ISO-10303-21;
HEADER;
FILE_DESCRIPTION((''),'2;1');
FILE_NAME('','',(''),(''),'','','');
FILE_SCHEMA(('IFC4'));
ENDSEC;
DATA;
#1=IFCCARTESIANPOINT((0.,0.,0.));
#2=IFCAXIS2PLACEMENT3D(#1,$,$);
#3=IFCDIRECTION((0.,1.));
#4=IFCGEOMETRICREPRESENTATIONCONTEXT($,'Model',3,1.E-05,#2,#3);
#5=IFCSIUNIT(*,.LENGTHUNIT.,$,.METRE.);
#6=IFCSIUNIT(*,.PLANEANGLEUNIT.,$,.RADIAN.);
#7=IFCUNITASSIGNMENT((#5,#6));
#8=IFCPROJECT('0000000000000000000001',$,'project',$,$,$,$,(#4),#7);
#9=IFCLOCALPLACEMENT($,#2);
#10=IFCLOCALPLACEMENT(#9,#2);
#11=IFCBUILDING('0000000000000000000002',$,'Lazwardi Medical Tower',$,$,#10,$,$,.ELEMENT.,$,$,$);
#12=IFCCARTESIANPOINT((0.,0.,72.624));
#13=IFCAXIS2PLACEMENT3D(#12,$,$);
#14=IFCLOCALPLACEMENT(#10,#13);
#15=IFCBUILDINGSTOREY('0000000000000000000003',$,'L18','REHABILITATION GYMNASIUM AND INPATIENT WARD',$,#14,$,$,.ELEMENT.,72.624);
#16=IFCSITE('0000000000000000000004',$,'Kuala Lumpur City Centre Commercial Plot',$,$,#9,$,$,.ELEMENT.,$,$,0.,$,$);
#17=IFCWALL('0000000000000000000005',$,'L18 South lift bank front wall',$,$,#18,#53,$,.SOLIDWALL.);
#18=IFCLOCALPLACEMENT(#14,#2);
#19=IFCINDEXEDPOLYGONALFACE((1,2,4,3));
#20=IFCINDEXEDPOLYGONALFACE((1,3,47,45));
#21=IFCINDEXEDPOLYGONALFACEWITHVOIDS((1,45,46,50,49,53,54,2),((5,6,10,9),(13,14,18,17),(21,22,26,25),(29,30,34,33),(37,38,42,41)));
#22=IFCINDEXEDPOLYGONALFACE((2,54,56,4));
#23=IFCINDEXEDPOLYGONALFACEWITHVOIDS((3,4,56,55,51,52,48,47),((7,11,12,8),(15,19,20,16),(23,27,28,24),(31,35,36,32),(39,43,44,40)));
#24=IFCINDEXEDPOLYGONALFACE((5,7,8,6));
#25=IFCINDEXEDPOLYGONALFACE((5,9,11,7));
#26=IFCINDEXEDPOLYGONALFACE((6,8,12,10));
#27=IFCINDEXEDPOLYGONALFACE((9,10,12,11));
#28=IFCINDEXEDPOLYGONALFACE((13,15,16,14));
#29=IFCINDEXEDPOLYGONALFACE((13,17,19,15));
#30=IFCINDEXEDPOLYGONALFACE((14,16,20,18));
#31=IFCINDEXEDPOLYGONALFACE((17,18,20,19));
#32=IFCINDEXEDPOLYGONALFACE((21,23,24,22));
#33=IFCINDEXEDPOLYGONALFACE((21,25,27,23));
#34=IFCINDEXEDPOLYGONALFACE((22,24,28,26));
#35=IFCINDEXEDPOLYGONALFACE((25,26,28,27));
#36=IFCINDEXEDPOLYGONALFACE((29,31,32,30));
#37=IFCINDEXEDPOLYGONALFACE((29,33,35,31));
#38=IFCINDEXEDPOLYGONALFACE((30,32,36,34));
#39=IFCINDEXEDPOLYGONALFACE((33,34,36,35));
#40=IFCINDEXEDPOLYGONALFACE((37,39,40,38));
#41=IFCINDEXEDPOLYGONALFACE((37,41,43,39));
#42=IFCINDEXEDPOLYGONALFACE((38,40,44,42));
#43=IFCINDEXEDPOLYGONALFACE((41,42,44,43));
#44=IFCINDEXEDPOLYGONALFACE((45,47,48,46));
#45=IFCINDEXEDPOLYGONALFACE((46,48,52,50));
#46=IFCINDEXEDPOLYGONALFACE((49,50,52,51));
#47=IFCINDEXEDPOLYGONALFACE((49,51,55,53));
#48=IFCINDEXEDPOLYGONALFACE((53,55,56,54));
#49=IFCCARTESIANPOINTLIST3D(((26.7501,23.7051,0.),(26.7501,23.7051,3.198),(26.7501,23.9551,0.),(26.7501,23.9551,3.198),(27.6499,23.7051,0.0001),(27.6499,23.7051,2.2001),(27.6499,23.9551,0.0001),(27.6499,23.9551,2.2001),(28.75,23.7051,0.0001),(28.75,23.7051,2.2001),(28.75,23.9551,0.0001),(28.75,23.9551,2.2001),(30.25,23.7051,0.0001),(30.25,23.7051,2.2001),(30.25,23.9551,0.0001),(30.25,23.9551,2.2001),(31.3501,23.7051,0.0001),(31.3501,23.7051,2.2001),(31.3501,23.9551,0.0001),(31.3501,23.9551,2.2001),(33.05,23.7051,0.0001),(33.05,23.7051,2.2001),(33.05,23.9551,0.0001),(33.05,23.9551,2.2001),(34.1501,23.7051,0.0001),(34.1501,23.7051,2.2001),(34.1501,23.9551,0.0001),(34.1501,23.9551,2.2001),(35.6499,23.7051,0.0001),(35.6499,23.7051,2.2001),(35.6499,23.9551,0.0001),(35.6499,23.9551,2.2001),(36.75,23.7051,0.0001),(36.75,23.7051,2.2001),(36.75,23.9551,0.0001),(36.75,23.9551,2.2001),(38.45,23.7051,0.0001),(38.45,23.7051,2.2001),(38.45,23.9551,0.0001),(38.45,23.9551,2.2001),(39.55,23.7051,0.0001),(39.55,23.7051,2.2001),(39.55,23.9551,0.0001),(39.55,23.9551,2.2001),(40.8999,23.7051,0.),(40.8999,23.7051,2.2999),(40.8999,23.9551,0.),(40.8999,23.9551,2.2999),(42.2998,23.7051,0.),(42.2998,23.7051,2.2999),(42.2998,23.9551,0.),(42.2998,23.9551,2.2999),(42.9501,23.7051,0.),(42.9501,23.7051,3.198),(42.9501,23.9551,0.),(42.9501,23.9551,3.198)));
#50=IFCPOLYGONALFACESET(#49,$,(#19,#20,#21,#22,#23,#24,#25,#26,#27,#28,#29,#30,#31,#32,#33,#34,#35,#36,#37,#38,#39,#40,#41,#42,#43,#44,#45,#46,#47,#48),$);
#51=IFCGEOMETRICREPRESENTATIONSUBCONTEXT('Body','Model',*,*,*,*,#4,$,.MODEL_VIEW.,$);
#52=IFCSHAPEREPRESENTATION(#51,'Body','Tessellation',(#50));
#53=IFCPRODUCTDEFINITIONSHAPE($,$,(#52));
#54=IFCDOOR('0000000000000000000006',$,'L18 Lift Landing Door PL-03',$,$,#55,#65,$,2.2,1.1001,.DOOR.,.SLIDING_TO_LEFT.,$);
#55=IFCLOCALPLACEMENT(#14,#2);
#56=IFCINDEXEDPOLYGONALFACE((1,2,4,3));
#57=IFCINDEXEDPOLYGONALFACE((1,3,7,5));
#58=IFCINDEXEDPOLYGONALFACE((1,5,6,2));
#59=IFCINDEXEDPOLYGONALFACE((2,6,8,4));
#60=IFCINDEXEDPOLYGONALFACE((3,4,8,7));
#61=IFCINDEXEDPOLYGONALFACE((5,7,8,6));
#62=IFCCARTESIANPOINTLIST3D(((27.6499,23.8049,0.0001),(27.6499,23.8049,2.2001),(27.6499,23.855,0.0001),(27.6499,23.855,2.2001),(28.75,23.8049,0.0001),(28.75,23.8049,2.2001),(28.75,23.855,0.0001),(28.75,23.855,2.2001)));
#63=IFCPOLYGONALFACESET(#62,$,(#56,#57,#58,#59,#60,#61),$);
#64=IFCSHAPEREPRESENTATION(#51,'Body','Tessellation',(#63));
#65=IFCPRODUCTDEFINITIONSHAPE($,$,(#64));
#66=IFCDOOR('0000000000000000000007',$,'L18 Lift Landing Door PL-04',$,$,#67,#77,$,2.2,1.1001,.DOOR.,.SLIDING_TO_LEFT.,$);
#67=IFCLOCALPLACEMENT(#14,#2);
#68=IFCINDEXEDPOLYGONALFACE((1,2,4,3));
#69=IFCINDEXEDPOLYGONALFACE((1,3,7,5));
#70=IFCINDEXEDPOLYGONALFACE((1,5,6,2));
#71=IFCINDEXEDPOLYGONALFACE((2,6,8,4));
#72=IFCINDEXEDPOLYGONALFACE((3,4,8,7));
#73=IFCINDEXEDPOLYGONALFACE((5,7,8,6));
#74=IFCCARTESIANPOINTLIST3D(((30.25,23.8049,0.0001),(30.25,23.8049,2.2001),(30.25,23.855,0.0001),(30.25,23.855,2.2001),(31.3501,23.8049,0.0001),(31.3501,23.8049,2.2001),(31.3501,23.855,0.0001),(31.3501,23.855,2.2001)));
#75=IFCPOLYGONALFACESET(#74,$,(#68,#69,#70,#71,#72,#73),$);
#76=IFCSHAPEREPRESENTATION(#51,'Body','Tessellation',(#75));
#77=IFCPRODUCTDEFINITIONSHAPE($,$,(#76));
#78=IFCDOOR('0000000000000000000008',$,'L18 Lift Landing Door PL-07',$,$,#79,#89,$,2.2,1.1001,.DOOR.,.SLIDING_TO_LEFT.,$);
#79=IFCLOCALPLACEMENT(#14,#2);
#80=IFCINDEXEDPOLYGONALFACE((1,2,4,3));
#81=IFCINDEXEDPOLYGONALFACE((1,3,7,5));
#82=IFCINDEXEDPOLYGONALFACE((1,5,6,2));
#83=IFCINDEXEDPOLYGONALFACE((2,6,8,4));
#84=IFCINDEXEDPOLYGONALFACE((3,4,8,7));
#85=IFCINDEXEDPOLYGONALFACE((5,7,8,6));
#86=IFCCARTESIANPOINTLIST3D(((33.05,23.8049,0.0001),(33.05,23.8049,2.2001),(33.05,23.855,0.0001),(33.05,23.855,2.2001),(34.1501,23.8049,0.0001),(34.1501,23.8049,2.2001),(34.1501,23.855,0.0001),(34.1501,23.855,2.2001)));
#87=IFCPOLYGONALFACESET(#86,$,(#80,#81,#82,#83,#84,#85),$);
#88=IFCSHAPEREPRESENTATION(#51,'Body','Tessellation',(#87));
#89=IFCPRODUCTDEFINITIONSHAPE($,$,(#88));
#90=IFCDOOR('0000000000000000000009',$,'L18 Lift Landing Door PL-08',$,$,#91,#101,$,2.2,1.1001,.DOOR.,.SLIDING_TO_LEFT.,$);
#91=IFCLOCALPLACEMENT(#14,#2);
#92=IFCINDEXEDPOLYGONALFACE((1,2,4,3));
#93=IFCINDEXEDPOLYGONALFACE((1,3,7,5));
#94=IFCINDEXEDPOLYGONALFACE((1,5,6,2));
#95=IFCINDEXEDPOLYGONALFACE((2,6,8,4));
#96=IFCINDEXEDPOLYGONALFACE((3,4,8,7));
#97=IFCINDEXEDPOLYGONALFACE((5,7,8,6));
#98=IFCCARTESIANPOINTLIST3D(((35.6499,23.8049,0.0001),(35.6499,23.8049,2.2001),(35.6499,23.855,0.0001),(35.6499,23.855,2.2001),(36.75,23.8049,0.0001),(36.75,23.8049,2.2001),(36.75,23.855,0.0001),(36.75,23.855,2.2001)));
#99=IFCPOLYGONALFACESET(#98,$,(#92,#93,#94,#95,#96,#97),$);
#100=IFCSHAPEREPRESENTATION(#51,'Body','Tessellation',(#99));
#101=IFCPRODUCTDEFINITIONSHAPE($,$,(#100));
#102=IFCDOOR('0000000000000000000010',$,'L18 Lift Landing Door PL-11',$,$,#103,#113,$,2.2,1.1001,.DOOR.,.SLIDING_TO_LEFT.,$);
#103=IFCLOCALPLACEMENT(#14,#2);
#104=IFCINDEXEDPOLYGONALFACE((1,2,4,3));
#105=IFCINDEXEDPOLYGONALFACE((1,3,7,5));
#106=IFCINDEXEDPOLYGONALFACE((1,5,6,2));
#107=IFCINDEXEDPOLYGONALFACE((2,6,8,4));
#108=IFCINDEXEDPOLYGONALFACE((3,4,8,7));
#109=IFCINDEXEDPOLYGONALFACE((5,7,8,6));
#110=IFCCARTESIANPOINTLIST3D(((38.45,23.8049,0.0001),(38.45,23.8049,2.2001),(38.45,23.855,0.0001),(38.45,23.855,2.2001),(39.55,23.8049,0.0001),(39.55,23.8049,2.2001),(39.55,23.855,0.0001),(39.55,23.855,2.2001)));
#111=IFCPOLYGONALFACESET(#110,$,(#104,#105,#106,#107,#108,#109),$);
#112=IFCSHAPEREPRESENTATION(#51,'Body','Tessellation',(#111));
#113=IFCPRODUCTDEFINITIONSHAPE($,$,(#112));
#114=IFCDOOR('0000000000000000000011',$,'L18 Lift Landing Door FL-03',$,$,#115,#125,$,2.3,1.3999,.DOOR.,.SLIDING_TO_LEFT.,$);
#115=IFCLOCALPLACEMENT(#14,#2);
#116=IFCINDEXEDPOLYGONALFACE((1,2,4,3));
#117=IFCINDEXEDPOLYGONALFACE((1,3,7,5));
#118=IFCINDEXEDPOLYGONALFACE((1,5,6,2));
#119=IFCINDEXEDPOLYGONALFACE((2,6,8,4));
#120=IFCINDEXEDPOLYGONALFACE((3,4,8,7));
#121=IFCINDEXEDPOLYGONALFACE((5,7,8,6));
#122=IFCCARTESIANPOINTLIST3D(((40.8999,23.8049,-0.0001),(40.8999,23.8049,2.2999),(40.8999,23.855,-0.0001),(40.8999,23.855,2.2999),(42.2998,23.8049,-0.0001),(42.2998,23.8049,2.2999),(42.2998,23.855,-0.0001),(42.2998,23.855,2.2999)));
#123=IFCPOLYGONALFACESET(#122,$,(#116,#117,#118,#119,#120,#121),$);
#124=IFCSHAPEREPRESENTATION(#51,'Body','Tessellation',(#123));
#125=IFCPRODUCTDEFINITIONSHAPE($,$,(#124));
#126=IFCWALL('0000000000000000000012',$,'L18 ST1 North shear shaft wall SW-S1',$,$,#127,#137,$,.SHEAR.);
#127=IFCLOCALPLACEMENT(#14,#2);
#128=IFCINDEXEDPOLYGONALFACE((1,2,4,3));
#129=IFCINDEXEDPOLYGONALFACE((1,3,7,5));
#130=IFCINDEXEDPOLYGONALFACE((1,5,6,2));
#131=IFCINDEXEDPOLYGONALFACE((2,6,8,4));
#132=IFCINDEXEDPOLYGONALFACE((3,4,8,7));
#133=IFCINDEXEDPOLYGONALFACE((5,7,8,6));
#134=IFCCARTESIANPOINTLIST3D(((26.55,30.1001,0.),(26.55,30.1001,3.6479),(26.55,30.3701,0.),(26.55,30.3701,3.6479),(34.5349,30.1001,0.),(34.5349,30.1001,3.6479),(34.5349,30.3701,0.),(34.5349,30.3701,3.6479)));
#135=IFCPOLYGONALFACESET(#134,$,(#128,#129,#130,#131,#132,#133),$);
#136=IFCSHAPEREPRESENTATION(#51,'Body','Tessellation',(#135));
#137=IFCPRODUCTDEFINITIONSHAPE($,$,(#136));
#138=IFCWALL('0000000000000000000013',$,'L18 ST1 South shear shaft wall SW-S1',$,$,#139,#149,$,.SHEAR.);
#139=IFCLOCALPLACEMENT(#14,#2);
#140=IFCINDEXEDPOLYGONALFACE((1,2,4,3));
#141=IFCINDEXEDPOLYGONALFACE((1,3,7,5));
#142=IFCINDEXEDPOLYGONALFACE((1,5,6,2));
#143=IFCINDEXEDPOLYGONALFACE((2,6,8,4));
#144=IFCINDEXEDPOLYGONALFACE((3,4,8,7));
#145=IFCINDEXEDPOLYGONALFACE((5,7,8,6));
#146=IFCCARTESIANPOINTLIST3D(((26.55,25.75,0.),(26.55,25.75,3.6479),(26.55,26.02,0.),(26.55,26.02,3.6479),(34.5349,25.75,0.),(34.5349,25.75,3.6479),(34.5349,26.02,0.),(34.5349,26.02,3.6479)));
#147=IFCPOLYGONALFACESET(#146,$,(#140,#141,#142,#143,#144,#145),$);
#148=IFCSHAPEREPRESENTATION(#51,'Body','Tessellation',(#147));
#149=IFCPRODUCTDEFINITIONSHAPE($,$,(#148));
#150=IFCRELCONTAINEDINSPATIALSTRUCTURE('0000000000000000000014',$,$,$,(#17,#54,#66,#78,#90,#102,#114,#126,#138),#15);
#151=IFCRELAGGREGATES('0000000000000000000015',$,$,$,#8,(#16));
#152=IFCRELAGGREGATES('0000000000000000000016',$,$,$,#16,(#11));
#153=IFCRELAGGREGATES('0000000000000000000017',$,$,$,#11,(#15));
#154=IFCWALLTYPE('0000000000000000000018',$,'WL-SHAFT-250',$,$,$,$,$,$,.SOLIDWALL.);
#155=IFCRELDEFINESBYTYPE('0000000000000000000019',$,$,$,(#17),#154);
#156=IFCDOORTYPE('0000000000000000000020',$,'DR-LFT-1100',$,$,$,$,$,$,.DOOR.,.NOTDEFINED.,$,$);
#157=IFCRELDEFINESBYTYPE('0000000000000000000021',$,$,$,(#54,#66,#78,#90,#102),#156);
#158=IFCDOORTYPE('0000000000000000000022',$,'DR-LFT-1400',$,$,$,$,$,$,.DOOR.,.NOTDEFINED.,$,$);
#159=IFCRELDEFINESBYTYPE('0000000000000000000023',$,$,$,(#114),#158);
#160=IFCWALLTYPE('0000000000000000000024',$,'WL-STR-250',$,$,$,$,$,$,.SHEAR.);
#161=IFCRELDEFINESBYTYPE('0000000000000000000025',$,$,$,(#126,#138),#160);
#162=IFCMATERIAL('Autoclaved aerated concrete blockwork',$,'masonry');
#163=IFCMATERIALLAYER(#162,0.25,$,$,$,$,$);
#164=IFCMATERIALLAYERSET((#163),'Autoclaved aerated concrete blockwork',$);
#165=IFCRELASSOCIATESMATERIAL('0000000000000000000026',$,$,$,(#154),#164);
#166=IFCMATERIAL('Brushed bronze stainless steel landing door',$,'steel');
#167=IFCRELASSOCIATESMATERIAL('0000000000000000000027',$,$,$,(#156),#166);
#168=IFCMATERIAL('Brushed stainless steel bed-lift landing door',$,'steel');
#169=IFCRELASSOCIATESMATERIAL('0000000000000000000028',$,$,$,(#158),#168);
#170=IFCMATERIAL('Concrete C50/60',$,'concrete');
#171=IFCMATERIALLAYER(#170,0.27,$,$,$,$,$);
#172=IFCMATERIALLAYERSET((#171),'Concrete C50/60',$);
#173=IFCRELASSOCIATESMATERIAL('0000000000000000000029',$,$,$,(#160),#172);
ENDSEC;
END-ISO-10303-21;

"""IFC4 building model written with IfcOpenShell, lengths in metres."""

from ifc_helpers import new_model, si_unit, direction, frame, frame_2d, origin, place, context, subcontext, project, spatial, rectangle, extrude, material, layer, layer_set, type_object, element, fill, save


model = new_model("IFC4")

# Units and contexts
model_context = context("Model", 3, precision=1e-05, world=origin(), true_north=direction((0.0, 1.0)))
body_context = subcontext(model_context, "Body", "Model", "MODEL_VIEW")
ifc_project = project(units=[si_unit("LENGTHUNIT", "METRE"), si_unit("PLANEANGLEUNIT", "RADIAN")], contexts=[model_context])

# Site, building, storey
site_placement = place(None, origin())
site = spatial("IfcSite", under=ifc_project, at=site_placement, Name="Kuala Lumpur City Centre Commercial Plot", CompositionType="ELEMENT", RefElevation=0.0)
building_placement = place(site_placement, origin())
building = spatial("IfcBuilding", under=site, at=building_placement, Name="Lazwardi Medical Tower", CompositionType="ELEMENT")
storey_placement = place(building_placement, frame((0.0, 0.0, 72.624)))
storey = spatial("IfcBuildingStorey", under=building, at=storey_placement, Name="L18", Description="REHABILITATION GYMNASIUM AND INPATIENT WARD", CompositionType="ELEMENT", Elevation=72.624)

# Wall, openings, doors
ifc_material_1 = material(Name="Autoclaved aerated concrete blockwork", Category="masonry")
ifc_layer_1 = layer(ifc_material_1, 0.25)
ifc_layer_set_1 = layer_set([ifc_layer_1], Name="Autoclaved aerated concrete blockwork")
wall_type_1 = type_object("IfcWallType", Name="WL-SHAFT-250", PredefinedType="SOLIDWALL", material=ifc_layer_set_1)
wall_1_placement = place(storey_placement, frame((26.75, 23.8301, 0.0), z_axis=(0.0, 0.0, 1.0), x_axis=(1.0, 0.0, 0.0)))
wall_1 = element("IfcWall", 1, at=wall_1_placement, inside=storey, type_object=wall_type_1, Name="L18 South lift bank front wall", PredefinedType="SOLIDWALL", context=body_context, shape_type="SweptSolid", body=[
    extrude(rectangle(XDim=16.2, YDim=0.25, at=frame_2d((8.1001, 0.0))), origin(), (0.0, 0.0, 1.0), 3.198),
])
opening_1_placement = place(wall_1_placement, frame((0.8999, 0.0, 0.0)))
opening_1 = element("IfcOpeningElement", 2, at=opening_1_placement, cuts=wall_1, PredefinedType="OPENING", context=body_context, shape_type="SweptSolid", body=[
    extrude(rectangle(XDim=1.1001, YDim=2.2, at=frame_2d((0.55, 1.1001))), frame((0.0, 0.135, 0.0), z_axis=(0.0, -1.0, 0.0), x_axis=(1.0, 0.0, 0.0)), (0.0, 0.0, 1.0), 0.27),
])
opening_2_placement = place(wall_1_placement, frame((3.5, 0.0, 0.0)))
opening_2 = element("IfcOpeningElement", 3, at=opening_2_placement, cuts=wall_1, PredefinedType="OPENING", context=body_context, shape_type="SweptSolid", body=[
    extrude(rectangle(XDim=1.1001, YDim=2.2, at=frame_2d((0.55, 1.1001))), frame((0.0, 0.135, 0.0), z_axis=(0.0, -1.0, 0.0), x_axis=(1.0, 0.0, 0.0)), (0.0, 0.0, 1.0), 0.27),
])
opening_3_placement = place(wall_1_placement, frame((6.3, 0.0, 0.0)))
opening_3 = element("IfcOpeningElement", 4, at=opening_3_placement, cuts=wall_1, PredefinedType="OPENING", context=body_context, shape_type="SweptSolid", body=[
    extrude(rectangle(XDim=1.1001, YDim=2.2, at=frame_2d((0.55, 1.1001))), frame((0.0, 0.135, 0.0), z_axis=(0.0, -1.0, 0.0), x_axis=(1.0, 0.0, 0.0)), (0.0, 0.0, 1.0), 0.27),
])
opening_4_placement = place(wall_1_placement, frame((8.8999, 0.0, 0.0)))
opening_4 = element("IfcOpeningElement", 5, at=opening_4_placement, cuts=wall_1, PredefinedType="OPENING", context=body_context, shape_type="SweptSolid", body=[
    extrude(rectangle(XDim=1.1001, YDim=2.2, at=frame_2d((0.55, 1.1001))), frame((0.0, 0.135, 0.0), z_axis=(0.0, -1.0, 0.0), x_axis=(1.0, 0.0, 0.0)), (0.0, 0.0, 1.0), 0.27),
])
opening_5_placement = place(wall_1_placement, frame((11.7, 0.0, 0.0)))
opening_5 = element("IfcOpeningElement", 6, at=opening_5_placement, cuts=wall_1, PredefinedType="OPENING", context=body_context, shape_type="SweptSolid", body=[
    extrude(rectangle(XDim=1.1001, YDim=2.2, at=frame_2d((0.55, 1.1001))), frame((0.0, 0.135, 0.0), z_axis=(0.0, -1.0, 0.0), x_axis=(1.0, 0.0, 0.0)), (0.0, 0.0, 1.0), 0.27),
])
opening_6_placement = place(wall_1_placement, frame((14.1499, 0.0, 0.0)))
opening_6 = element("IfcOpeningElement", 7, at=opening_6_placement, cuts=wall_1, PredefinedType="OPENING", context=body_context, shape_type="SweptSolid", body=[
    extrude(rectangle(XDim=1.3999, YDim=2.3, at=frame_2d((0.7, 1.1499))), frame((0.0, 0.135, 0.0), z_axis=(0.0, -1.0, 0.0), x_axis=(1.0, 0.0, 0.0)), (0.0, 0.0, 1.0), 0.27),
])
ifc_material_2 = material(Name="Brushed bronze stainless steel landing door", Category="steel")
door_type_1 = type_object("IfcDoorType", Name="DR-LFT-1100", OperationType="NOTDEFINED", PredefinedType="DOOR", material=ifc_material_2)
door_1_placement = place(opening_1_placement, origin())
door_1 = element("IfcDoor", 8, at=door_1_placement, inside=storey, type_object=door_type_1, Name="L18 Lift Landing Door PL-03", OperationType="SLIDING_TO_LEFT", OverallHeight=2.2, OverallWidth=1.1001, PredefinedType="DOOR", context=body_context, shape_type="SweptSolid", body=[
    extrude(rectangle(XDim=1.1001, YDim=2.2, at=frame_2d((0.55, 1.1001))), frame((0.0, 0.0249, 0.0), z_axis=(0.0, -1.0, 0.0), x_axis=(1.0, 0.0, 0.0)), (0.0, 0.0, 1.0), 0.05),
])
fill(opening_1, door_1)
door_2_placement = place(opening_2_placement, origin())
door_2 = element("IfcDoor", 9, at=door_2_placement, inside=storey, type_object=door_type_1, Name="L18 Lift Landing Door PL-04", OperationType="SLIDING_TO_LEFT", OverallHeight=2.2, OverallWidth=1.1001, PredefinedType="DOOR", context=body_context, shape_type="SweptSolid", body=[
    extrude(rectangle(XDim=1.1001, YDim=2.2, at=frame_2d((0.55, 1.1001))), frame((0.0, 0.0249, 0.0), z_axis=(0.0, -1.0, 0.0), x_axis=(1.0, 0.0, 0.0)), (0.0, 0.0, 1.0), 0.05),
])
fill(opening_2, door_2)
door_3_placement = place(opening_3_placement, origin())
door_3 = element("IfcDoor", 10, at=door_3_placement, inside=storey, type_object=door_type_1, Name="L18 Lift Landing Door PL-07", OperationType="SLIDING_TO_LEFT", OverallHeight=2.2, OverallWidth=1.1001, PredefinedType="DOOR", context=body_context, shape_type="SweptSolid", body=[
    extrude(rectangle(XDim=1.1001, YDim=2.2, at=frame_2d((0.55, 1.1001))), frame((0.0, 0.0249, 0.0), z_axis=(0.0, -1.0, 0.0), x_axis=(1.0, 0.0, 0.0)), (0.0, 0.0, 1.0), 0.05),
])
fill(opening_3, door_3)
door_4_placement = place(opening_4_placement, origin())
door_4 = element("IfcDoor", 11, at=door_4_placement, inside=storey, type_object=door_type_1, Name="L18 Lift Landing Door PL-08", OperationType="SLIDING_TO_LEFT", OverallHeight=2.2, OverallWidth=1.1001, PredefinedType="DOOR", context=body_context, shape_type="SweptSolid", body=[
    extrude(rectangle(XDim=1.1001, YDim=2.2, at=frame_2d((0.55, 1.1001))), frame((0.0, 0.0249, 0.0), z_axis=(0.0, -1.0, 0.0), x_axis=(1.0, 0.0, 0.0)), (0.0, 0.0, 1.0), 0.05),
])
fill(opening_4, door_4)
door_5_placement = place(opening_5_placement, origin())
door_5 = element("IfcDoor", 12, at=door_5_placement, inside=storey, type_object=door_type_1, Name="L18 Lift Landing Door PL-11", OperationType="SLIDING_TO_LEFT", OverallHeight=2.2, OverallWidth=1.1001, PredefinedType="DOOR", context=body_context, shape_type="SweptSolid", body=[
    extrude(rectangle(XDim=1.1001, YDim=2.2, at=frame_2d((0.55, 1.1001))), frame((0.0, 0.0249, 0.0), z_axis=(0.0, -1.0, 0.0), x_axis=(1.0, 0.0, 0.0)), (0.0, 0.0, 1.0), 0.05),
])
fill(opening_5, door_5)
ifc_material_3 = material(Name="Brushed stainless steel bed-lift landing door", Category="steel")
door_type_2 = type_object("IfcDoorType", Name="DR-LFT-1400", OperationType="NOTDEFINED", PredefinedType="DOOR", material=ifc_material_3)
door_6_placement = place(opening_6_placement, origin())
door_6 = element("IfcDoor", 13, at=door_6_placement, inside=storey, type_object=door_type_2, Name="L18 Lift Landing Door FL-03", OperationType="SLIDING_TO_LEFT", OverallHeight=2.3, OverallWidth=1.3999, PredefinedType="DOOR", context=body_context, shape_type="SweptSolid", body=[
    extrude(rectangle(XDim=1.3999, YDim=2.3, at=frame_2d((0.7, 1.1499))), frame((0.0, 0.0249, 0.0), z_axis=(0.0, -1.0, 0.0), x_axis=(1.0, 0.0, 0.0)), (0.0, 0.0, 1.0), 0.05),
])
fill(opening_6, door_6)

# Walls
ifc_material_4 = material(Name="Concrete C50/60", Category="concrete")
ifc_layer_2 = layer(ifc_material_4, 0.27)
ifc_layer_set_2 = layer_set([ifc_layer_2], Name="Concrete C50/60")
wall_type_2 = type_object("IfcWallType", Name="WL-STR-250", PredefinedType="SHEAR", material=ifc_layer_set_2)
for number, where, z_axis, x_axis, name in (
    (14, (26.55, 30.2351, 0.0), (0.0, 0.0, 1.0), (1.0, 0.0, 0.0), "L18 ST1 North shear shaft wall SW-S1"),
    (15, (26.55, 25.885, 0.0), (0.0, 0.0, 1.0), (1.0, 0.0, 0.0), "L18 ST1 South shear shaft wall SW-S1"),
):
    element("IfcWall", number, at=place(storey_placement, frame(where, z_axis=z_axis, x_axis=x_axis)), inside=storey, type_object=wall_type_2, Name=name, PredefinedType="SHEAR", context=body_context, shape_type="SweptSolid", body=[
        extrude(rectangle(XDim=7.9849, YDim=0.27, at=frame_2d((3.9924, 0.0))), origin(), (0.0, 0.0, 1.0), 3.6479),
    ])

save(model, "model.ifc")
